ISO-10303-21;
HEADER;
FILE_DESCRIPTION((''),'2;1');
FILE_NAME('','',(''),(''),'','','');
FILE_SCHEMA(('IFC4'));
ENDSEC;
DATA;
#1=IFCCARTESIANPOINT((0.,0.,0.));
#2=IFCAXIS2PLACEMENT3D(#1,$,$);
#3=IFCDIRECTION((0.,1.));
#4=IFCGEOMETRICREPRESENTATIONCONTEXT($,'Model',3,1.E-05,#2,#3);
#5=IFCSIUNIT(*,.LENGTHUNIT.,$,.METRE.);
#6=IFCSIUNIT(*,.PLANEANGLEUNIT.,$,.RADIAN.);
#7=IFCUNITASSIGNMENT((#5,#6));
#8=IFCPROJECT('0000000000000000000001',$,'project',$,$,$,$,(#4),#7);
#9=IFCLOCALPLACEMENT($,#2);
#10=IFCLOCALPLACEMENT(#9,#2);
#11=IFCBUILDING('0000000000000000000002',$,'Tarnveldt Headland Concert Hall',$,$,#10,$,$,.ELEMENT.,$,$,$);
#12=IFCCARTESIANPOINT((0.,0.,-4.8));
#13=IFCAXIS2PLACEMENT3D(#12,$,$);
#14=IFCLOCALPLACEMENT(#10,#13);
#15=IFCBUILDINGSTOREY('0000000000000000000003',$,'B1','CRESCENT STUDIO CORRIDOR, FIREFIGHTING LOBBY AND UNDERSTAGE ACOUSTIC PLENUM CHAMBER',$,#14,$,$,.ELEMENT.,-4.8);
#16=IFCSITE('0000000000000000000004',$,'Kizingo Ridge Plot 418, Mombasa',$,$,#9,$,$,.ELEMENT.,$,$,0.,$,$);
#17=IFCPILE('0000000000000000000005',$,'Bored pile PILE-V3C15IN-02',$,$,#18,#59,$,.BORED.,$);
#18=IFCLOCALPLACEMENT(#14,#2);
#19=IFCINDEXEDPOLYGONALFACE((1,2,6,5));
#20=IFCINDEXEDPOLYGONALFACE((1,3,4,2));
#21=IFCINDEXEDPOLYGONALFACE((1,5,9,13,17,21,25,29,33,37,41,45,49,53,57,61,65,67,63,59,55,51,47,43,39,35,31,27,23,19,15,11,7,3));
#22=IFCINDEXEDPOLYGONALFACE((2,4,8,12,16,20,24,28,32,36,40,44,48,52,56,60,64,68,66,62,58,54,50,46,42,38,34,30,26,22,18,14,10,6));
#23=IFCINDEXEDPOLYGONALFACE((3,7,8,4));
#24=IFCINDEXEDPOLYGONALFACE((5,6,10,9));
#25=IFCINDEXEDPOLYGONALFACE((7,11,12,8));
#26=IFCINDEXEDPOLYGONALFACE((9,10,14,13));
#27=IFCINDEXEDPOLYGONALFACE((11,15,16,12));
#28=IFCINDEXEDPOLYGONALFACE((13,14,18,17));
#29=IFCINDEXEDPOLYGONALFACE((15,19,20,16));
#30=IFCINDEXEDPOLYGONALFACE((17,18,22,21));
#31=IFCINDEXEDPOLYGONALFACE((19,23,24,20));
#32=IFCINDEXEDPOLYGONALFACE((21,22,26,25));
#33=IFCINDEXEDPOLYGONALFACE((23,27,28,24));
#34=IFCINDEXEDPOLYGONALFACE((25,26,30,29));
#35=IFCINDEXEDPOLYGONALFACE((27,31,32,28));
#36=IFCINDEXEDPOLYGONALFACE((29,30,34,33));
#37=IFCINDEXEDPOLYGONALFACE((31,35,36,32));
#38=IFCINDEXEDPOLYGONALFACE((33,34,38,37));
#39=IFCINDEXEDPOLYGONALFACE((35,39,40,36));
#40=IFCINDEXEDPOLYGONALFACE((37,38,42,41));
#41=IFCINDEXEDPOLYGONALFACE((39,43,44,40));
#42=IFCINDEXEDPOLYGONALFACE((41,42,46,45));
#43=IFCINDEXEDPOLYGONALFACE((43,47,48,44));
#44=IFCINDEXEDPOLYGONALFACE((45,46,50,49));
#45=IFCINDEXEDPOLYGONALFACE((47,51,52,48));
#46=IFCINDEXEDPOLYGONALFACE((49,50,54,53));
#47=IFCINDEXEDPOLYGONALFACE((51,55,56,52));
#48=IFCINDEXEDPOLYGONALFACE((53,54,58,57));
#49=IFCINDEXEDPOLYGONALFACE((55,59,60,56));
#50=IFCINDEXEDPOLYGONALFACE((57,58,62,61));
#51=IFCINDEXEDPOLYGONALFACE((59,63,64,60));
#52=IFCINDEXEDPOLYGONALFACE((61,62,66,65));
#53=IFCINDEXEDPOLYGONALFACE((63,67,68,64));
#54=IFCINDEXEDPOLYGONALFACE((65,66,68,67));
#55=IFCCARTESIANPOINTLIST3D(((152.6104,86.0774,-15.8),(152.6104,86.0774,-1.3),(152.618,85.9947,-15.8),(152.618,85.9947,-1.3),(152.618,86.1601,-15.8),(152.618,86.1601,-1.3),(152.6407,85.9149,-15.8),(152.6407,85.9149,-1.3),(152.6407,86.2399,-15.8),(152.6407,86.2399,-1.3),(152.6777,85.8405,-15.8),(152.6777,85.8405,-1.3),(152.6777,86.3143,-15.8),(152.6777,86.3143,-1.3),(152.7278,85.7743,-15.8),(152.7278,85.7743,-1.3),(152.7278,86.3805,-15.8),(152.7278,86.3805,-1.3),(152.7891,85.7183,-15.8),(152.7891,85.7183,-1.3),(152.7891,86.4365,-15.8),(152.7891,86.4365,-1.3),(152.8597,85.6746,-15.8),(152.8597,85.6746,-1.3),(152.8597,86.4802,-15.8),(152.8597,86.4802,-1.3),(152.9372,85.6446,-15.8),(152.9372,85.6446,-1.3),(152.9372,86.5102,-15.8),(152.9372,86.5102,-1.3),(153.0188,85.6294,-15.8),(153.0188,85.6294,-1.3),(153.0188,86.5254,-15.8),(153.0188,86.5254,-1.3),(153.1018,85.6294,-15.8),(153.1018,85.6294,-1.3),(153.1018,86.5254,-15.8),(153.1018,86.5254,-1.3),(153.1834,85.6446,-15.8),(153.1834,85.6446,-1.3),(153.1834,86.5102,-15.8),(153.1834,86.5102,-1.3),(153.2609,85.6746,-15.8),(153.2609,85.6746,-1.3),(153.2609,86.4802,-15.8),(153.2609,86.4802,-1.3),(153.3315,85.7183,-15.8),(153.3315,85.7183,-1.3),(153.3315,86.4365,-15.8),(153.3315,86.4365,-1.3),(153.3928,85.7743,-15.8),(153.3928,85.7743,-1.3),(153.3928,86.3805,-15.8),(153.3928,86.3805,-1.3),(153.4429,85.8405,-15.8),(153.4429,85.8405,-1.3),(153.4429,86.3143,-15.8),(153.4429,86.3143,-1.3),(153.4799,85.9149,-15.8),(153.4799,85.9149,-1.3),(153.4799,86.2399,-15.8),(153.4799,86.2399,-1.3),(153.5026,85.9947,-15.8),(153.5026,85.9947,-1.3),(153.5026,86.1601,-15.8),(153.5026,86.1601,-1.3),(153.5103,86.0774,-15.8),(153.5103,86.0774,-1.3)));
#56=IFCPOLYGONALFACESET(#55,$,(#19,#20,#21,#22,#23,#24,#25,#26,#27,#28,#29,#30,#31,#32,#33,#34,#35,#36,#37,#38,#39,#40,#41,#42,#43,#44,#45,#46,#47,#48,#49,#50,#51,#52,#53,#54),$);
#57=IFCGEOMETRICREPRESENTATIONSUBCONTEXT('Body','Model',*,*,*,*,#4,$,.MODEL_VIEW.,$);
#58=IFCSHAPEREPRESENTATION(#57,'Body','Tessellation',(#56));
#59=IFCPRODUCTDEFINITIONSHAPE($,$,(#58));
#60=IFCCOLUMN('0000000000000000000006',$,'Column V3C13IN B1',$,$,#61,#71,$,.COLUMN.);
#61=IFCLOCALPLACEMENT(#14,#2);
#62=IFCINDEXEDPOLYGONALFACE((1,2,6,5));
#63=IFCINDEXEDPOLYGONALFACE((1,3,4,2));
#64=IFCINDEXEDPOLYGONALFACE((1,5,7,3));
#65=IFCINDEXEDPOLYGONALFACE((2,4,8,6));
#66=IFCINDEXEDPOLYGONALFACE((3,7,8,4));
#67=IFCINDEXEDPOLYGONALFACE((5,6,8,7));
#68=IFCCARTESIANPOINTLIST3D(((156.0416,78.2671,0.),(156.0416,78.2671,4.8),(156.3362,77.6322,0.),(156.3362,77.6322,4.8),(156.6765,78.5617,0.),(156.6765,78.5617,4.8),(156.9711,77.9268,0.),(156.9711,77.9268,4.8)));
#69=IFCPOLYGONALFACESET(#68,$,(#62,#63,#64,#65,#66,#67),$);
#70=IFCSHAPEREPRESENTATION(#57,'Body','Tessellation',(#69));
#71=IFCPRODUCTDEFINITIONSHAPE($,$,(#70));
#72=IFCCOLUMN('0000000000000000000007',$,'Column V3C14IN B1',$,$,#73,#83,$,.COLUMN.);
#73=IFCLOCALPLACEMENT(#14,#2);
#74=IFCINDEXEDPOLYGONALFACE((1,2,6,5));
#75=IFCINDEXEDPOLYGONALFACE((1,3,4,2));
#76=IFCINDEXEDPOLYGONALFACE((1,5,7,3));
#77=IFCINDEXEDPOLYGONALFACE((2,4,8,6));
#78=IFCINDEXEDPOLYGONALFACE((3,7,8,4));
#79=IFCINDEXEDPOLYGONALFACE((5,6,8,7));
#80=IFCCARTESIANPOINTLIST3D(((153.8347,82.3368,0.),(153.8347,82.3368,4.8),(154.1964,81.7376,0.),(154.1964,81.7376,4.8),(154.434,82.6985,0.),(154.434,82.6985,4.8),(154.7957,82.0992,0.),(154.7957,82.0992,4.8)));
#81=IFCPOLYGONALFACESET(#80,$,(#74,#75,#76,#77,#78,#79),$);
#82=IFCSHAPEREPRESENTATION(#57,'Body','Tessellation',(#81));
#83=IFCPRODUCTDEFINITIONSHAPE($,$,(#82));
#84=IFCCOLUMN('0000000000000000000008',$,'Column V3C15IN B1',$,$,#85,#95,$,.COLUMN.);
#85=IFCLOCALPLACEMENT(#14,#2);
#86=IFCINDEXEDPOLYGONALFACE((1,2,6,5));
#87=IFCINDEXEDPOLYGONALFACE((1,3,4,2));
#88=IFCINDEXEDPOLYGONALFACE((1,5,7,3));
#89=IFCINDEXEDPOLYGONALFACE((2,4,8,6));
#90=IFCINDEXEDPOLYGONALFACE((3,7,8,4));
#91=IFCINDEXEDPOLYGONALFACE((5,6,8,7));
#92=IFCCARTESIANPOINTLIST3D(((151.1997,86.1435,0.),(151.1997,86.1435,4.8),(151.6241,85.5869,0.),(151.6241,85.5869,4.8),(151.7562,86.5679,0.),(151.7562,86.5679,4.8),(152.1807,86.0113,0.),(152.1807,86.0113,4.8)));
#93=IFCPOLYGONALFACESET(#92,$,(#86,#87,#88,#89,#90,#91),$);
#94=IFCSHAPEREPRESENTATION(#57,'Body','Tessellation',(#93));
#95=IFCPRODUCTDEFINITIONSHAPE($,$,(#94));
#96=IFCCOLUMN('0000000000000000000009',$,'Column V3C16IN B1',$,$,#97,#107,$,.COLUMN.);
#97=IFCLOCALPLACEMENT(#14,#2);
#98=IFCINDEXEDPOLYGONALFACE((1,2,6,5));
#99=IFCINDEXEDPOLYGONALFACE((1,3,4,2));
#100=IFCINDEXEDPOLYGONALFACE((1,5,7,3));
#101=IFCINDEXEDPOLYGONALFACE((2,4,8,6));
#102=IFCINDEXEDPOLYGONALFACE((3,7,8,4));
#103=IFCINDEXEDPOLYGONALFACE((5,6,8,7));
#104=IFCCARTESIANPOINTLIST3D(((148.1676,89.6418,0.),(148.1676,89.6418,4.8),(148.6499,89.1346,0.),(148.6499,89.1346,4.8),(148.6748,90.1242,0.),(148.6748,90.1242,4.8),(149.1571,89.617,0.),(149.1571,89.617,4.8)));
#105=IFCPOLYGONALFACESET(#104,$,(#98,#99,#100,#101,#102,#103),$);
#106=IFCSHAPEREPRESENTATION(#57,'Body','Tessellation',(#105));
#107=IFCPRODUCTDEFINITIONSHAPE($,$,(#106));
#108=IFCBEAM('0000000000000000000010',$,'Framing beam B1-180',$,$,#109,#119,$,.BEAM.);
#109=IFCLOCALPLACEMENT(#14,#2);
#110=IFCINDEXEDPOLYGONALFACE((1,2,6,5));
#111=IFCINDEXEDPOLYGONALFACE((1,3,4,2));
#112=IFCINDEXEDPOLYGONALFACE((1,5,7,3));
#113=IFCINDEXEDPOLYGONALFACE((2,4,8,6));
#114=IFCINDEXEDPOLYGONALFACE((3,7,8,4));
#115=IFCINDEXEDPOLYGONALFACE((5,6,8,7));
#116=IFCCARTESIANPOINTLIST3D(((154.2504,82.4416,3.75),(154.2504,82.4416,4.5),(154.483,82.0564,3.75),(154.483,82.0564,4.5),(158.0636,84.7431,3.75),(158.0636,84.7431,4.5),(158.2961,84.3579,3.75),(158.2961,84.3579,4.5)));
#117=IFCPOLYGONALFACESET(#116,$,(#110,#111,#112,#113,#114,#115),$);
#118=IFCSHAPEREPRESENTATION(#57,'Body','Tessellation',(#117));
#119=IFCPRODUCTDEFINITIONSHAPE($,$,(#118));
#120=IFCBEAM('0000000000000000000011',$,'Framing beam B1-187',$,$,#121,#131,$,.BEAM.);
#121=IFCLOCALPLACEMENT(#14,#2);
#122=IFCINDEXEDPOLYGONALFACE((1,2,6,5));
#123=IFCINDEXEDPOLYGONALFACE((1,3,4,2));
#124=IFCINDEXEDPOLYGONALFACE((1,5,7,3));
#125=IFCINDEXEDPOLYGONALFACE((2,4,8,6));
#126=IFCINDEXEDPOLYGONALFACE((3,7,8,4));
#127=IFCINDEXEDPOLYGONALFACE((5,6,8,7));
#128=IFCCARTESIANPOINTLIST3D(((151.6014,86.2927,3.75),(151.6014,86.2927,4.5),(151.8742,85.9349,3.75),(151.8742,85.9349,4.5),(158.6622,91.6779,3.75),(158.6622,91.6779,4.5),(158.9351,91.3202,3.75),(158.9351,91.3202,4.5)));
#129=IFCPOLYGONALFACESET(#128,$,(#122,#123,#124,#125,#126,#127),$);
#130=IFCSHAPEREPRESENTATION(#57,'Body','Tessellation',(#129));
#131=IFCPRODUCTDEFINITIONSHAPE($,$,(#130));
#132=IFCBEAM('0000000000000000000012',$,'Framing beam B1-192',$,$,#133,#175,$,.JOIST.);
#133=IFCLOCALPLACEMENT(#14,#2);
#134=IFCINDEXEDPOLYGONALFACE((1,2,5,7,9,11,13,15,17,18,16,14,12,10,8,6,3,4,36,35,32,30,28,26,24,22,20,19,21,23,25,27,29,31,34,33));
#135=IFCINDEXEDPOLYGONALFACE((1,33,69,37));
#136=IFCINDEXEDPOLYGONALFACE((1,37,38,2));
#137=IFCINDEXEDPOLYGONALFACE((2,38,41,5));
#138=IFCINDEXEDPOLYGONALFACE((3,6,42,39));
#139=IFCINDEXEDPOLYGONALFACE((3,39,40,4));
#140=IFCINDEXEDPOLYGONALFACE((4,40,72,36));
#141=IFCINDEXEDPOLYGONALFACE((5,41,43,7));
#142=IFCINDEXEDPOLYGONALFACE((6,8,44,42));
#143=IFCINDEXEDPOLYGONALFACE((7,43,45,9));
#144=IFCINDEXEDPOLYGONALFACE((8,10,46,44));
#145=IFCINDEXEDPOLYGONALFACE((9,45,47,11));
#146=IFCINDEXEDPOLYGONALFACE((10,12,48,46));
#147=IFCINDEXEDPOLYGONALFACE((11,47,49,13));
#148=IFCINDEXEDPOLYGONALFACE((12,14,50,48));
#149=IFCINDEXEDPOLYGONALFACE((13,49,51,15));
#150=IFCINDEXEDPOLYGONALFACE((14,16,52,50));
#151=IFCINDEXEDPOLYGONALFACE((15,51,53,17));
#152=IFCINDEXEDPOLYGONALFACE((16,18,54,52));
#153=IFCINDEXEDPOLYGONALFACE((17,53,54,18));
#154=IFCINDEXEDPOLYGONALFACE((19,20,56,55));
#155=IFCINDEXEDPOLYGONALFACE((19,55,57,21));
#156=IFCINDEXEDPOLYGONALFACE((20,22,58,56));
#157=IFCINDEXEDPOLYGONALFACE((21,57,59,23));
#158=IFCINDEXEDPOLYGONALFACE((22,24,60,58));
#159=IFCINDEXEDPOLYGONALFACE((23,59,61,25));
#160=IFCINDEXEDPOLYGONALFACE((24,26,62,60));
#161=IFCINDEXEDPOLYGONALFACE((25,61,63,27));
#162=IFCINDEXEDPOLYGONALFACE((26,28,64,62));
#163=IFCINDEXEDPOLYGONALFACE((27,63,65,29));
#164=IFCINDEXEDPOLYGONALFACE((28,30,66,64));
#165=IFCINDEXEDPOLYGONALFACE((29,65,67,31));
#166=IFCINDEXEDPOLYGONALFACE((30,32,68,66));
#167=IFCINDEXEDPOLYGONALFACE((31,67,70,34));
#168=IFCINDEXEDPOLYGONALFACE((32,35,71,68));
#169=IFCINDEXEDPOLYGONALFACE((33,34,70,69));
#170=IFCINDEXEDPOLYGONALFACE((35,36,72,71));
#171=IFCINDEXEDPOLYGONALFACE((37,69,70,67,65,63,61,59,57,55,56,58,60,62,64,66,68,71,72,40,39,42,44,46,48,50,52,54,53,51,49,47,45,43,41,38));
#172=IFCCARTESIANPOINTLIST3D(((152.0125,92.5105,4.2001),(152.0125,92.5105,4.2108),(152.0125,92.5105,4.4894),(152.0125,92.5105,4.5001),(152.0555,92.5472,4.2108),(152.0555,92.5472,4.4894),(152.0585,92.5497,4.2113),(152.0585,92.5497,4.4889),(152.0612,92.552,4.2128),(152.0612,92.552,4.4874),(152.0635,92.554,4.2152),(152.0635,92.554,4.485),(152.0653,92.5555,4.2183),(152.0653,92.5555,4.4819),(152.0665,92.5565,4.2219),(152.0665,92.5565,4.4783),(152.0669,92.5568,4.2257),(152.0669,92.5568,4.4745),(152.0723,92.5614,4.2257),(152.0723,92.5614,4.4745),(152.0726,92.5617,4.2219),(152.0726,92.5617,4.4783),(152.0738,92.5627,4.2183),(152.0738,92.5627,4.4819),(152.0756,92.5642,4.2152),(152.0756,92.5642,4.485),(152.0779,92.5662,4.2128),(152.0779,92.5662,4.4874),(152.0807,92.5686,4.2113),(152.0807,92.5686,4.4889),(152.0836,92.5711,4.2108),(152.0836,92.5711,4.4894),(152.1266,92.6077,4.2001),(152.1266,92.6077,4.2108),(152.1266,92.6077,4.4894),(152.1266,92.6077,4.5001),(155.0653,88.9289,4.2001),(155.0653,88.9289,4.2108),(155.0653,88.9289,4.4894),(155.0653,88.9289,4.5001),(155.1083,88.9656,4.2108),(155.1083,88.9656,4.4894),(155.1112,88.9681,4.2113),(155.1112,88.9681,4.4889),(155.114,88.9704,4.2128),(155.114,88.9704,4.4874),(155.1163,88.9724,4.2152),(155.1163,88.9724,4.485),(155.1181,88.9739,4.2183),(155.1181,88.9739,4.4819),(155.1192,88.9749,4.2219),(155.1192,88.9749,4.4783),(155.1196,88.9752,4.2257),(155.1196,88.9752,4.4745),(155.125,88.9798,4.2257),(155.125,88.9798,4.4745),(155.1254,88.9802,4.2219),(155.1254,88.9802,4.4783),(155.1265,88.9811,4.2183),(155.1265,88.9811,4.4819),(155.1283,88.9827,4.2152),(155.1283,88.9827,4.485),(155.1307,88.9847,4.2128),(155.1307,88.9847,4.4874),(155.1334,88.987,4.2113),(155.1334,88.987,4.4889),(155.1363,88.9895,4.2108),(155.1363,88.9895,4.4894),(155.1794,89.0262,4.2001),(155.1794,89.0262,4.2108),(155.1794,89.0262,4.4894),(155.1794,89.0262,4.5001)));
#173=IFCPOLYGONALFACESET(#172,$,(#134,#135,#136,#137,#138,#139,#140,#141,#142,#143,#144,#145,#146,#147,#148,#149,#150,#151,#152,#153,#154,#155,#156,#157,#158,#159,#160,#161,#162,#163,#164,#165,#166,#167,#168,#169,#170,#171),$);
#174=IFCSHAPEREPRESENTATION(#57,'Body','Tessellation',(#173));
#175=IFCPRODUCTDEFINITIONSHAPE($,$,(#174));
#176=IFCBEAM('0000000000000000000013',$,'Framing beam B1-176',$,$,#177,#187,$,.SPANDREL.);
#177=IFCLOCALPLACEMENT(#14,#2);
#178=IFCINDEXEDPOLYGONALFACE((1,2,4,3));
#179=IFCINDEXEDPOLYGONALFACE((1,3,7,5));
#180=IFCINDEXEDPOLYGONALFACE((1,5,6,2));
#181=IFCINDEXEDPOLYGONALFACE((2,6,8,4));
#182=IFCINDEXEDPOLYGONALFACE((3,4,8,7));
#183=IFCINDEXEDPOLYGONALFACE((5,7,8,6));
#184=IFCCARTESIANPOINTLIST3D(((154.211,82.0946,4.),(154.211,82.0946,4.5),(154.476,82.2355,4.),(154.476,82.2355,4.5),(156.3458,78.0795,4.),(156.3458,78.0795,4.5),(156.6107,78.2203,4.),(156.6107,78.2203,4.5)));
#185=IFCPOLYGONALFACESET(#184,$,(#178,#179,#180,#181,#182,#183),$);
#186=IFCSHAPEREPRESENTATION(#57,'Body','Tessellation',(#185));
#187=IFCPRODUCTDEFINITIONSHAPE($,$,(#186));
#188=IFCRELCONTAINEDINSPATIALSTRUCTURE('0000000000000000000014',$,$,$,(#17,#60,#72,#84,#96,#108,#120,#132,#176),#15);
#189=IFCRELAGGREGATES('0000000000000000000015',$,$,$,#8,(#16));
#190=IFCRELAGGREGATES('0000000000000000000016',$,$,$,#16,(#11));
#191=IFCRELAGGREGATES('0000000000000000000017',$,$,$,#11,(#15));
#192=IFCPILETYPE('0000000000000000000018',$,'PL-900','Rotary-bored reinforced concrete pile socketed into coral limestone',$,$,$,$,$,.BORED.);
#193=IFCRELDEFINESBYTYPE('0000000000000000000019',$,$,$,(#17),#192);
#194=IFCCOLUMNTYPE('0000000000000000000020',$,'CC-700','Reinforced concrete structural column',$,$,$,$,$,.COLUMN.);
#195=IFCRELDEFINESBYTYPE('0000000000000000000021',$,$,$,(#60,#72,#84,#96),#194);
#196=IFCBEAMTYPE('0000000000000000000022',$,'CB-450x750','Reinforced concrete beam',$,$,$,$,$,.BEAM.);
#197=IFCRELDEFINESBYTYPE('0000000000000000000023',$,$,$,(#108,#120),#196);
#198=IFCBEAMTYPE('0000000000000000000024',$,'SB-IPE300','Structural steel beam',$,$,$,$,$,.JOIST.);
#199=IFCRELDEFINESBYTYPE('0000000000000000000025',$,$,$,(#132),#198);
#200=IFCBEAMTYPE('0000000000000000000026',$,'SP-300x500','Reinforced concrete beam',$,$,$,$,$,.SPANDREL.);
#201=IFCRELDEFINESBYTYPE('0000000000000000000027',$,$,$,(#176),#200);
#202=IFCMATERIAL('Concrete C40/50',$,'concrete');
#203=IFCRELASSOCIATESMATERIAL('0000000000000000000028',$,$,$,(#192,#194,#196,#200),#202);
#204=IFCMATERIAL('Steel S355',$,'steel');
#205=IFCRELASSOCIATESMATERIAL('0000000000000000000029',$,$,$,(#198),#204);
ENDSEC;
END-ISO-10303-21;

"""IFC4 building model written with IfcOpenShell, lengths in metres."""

from ifc_helpers import new_model, si_unit, direction, frame, origin, origin_2d, place, context, subcontext, project, spatial, rectangle, circle, i_section, extrude, material, material_profile, profile_set, type_object, element, save


model = new_model("IFC4")

# Units and contexts
model_context = context("Model", 3, precision=1e-05, world=origin(), true_north=direction((0.0, 1.0)))
body_context = subcontext(model_context, "Body", "Model", "MODEL_VIEW")
ifc_project = project(units=[si_unit("LENGTHUNIT", "METRE"), si_unit("PLANEANGLEUNIT", "RADIAN")], contexts=[model_context])

# Site, building, storey
site_placement = place(None, origin())
site = spatial("IfcSite", under=ifc_project, at=site_placement, Name="Kizingo Ridge Plot 418, Mombasa", CompositionType="ELEMENT", RefElevation=0.0)
building_placement = place(site_placement, origin())
building = spatial("IfcBuilding", under=site, at=building_placement, Name="Tarnveldt Headland Concert Hall", CompositionType="ELEMENT")
storey_placement = place(building_placement, frame((0.0, 0.0, -4.8)))
storey = spatial("IfcBuildingStorey", under=building, at=storey_placement, Name="B1", Description="CRESCENT STUDIO CORRIDOR, FIREFIGHTING LOBBY AND UNDERSTAGE ACOUSTIC PLENUM CHAMBER", CompositionType="ELEMENT", Elevation=-4.8)

# Shared definitions
ifc_material_1 = material(Name="Concrete C40/50", Category="concrete")

# Pile
ifc_material_profile_1 = material_profile(ifc_material_1, circle(Radius=0.45, at=origin_2d()), Name="BORED PILE D900", Category="concrete")
ifc_profile_set_1 = profile_set([ifc_material_profile_1], Name="Concrete C40/50")
pile_type = type_object("IfcPileType", Name="PL-900", Description="Rotary-bored reinforced concrete pile socketed into coral limestone", PredefinedType="BORED", material=ifc_profile_set_1)
for number, where, z_axis, x_axis, name in (
    (1, (153.0603, 86.0774, -1.3), (0.0, 0.0, -1.0), (1.0, 0.0, 0.0), "Bored pile PILE-V3C15IN-02"),
):
    element("IfcPile", number, at=place(storey_placement, frame(where, z_axis=z_axis, x_axis=x_axis)), inside=storey, type_object=pile_type, Name=name, PredefinedType="BORED", context=body_context, shape_type="SweptSolid", body=[
        extrude(circle(Radius=0.45, at=origin_2d()), origin(), (0.0, 0.0, 1.0), 14.5),
    ])

# Columns
ifc_material_profile_2 = material_profile(ifc_material_1, rectangle(XDim=0.7, YDim=0.7, at=origin_2d()), Name="RC 700x700", Category="concrete")
ifc_profile_set_2 = profile_set([ifc_material_profile_2], Name="Concrete C40/50")
column_type = type_object("IfcColumnType", Name="CC-700", Description="Reinforced concrete structural column", PredefinedType="COLUMN", material=ifc_profile_set_2)
for number, where, z_axis, x_axis, name in (
    (2, (156.5063, 78.0969, 0.0), (0.0, 0.0, 1.0), (0.907117, 0.420877, 0.0), "Column V3C13IN B1"),
    (3, (154.3152, 82.218, 0.0), (0.0, 0.0, 1.0), (0.856177, 0.516683, 0.0), "Column V3C14IN B1"),
    (4, (151.6902, 86.0774, 0.0), (0.0, 0.0, 1.0), (0.795156, 0.606405, 0.0), "Column V3C15IN B1"),
    (5, (148.6624, 89.6294, 0.0), (0.0, 0.0, 1.0), (0.724653, 0.689114, 0.0), "Column V3C16IN B1"),
):
    element("IfcColumn", number, at=place(storey_placement, frame(where, z_axis=z_axis, x_axis=x_axis)), inside=storey, type_object=column_type, Name=name, PredefinedType="COLUMN", context=body_context, shape_type="SweptSolid", body=[
        extrude(rectangle(XDim=0.7, YDim=0.7, at=origin_2d()), origin(), (0.0, 0.0, 1.0), 4.8),
    ])

# Beams
ifc_material_profile_3 = material_profile(ifc_material_1, rectangle(XDim=0.45, YDim=0.75, at=origin_2d()), Name="RC 450x750", Category="concrete")
ifc_profile_set_3 = profile_set([ifc_material_profile_3], Name="Concrete C40/50")
beam_type_1 = type_object("IfcBeamType", Name="CB-450x750", Description="Reinforced concrete beam", PredefinedType="BEAM", material=ifc_profile_set_3)
beam_1_placement = place(storey_placement, frame((154.3667, 82.249, 4.125), z_axis=(0.856145, 0.516735, 0.0), x_axis=(-0.516735, 0.856145, 0.0)))
element("IfcBeam", 6, at=beam_1_placement, inside=storey, type_object=beam_type_1, Name="Framing beam B1-180", PredefinedType="BEAM", context=body_context, shape_type="SweptSolid", body=[
    extrude(rectangle(XDim=0.45, YDim=0.75, at=origin_2d()), origin(), (0.0, 0.0, 1.0), 4.4539),
])
beam_2_placement = place(storey_placement, frame((151.7378, 86.1138, 4.125), z_axis=(0.795127, 0.606442, 0.0), x_axis=(-0.606442, 0.795127, 0.0)))
element("IfcBeam", 7, at=beam_2_placement, inside=storey, type_object=beam_type_1, Name="Framing beam B1-187", PredefinedType="BEAM", context=body_context, shape_type="SweptSolid", body=[
    extrude(rectangle(XDim=0.45, YDim=0.75, at=origin_2d()), origin(), (0.0, 0.0, 1.0), 8.8801),
])
ifc_material_2 = material(Name="Steel S355", Category="steel")
ifc_material_profile_4 = material_profile(ifc_material_2, i_section(OverallWidth=0.1499, OverallDepth=0.3, WebThickness=0.0071, FlangeThickness=0.0107, FilletRadius=0.0149, at=origin_2d()), Name="IPE300", Category="steel")
ifc_profile_set_4 = profile_set([ifc_material_profile_4], Name="Steel S355")
beam_type_2 = type_object("IfcBeamType", Name="SB-IPE300", Description="Structural steel beam", PredefinedType="JOIST", material=ifc_profile_set_4)
beam_3_placement = place(storey_placement, frame((155.1223, 88.9775, 4.3501), z_axis=(-0.648687, 0.761055, 0.0), x_axis=(-0.761055, -0.648687, 0.0)))
element("IfcBeam", 8, at=beam_3_placement, inside=storey, type_object=beam_type_2, Name="Framing beam B1-192", PredefinedType="JOIST", context=body_context, shape_type="SweptSolid", body=[
    extrude(i_section(OverallWidth=0.1499, OverallDepth=0.3, WebThickness=0.0071, FlangeThickness=0.0107, FilletRadius=0.0149, at=origin_2d()), origin(), (0.0, 0.0, 1.0), 4.7061),
])
ifc_material_profile_5 = material_profile(ifc_material_1, rectangle(XDim=0.3, YDim=0.5, at=origin_2d()), Name="RC SPANDREL 300x500", Category="concrete")
ifc_profile_set_5 = profile_set([ifc_material_profile_5], Name="Concrete C40/50")
beam_type_3 = type_object("IfcBeamType", Name="SP-300x500", Description="Reinforced concrete beam", PredefinedType="SPANDREL", material=ifc_profile_set_5)
beam_4_placement = place(storey_placement, frame((156.4783, 78.1499, 4.25), z_axis=(-0.469451, 0.882959, 0.0), x_axis=(-0.882959, -0.469451, 0.0)))
element("IfcBeam", 9, at=beam_4_placement, inside=storey, type_object=beam_type_3, Name="Framing beam B1-176", PredefinedType="SPANDREL", context=body_context, shape_type="SweptSolid", body=[
    extrude(rectangle(XDim=0.3, YDim=0.5, at=origin_2d()), origin(), (0.0, 0.0, 1.0), 4.5474),
])

save(model, "model.ifc")
